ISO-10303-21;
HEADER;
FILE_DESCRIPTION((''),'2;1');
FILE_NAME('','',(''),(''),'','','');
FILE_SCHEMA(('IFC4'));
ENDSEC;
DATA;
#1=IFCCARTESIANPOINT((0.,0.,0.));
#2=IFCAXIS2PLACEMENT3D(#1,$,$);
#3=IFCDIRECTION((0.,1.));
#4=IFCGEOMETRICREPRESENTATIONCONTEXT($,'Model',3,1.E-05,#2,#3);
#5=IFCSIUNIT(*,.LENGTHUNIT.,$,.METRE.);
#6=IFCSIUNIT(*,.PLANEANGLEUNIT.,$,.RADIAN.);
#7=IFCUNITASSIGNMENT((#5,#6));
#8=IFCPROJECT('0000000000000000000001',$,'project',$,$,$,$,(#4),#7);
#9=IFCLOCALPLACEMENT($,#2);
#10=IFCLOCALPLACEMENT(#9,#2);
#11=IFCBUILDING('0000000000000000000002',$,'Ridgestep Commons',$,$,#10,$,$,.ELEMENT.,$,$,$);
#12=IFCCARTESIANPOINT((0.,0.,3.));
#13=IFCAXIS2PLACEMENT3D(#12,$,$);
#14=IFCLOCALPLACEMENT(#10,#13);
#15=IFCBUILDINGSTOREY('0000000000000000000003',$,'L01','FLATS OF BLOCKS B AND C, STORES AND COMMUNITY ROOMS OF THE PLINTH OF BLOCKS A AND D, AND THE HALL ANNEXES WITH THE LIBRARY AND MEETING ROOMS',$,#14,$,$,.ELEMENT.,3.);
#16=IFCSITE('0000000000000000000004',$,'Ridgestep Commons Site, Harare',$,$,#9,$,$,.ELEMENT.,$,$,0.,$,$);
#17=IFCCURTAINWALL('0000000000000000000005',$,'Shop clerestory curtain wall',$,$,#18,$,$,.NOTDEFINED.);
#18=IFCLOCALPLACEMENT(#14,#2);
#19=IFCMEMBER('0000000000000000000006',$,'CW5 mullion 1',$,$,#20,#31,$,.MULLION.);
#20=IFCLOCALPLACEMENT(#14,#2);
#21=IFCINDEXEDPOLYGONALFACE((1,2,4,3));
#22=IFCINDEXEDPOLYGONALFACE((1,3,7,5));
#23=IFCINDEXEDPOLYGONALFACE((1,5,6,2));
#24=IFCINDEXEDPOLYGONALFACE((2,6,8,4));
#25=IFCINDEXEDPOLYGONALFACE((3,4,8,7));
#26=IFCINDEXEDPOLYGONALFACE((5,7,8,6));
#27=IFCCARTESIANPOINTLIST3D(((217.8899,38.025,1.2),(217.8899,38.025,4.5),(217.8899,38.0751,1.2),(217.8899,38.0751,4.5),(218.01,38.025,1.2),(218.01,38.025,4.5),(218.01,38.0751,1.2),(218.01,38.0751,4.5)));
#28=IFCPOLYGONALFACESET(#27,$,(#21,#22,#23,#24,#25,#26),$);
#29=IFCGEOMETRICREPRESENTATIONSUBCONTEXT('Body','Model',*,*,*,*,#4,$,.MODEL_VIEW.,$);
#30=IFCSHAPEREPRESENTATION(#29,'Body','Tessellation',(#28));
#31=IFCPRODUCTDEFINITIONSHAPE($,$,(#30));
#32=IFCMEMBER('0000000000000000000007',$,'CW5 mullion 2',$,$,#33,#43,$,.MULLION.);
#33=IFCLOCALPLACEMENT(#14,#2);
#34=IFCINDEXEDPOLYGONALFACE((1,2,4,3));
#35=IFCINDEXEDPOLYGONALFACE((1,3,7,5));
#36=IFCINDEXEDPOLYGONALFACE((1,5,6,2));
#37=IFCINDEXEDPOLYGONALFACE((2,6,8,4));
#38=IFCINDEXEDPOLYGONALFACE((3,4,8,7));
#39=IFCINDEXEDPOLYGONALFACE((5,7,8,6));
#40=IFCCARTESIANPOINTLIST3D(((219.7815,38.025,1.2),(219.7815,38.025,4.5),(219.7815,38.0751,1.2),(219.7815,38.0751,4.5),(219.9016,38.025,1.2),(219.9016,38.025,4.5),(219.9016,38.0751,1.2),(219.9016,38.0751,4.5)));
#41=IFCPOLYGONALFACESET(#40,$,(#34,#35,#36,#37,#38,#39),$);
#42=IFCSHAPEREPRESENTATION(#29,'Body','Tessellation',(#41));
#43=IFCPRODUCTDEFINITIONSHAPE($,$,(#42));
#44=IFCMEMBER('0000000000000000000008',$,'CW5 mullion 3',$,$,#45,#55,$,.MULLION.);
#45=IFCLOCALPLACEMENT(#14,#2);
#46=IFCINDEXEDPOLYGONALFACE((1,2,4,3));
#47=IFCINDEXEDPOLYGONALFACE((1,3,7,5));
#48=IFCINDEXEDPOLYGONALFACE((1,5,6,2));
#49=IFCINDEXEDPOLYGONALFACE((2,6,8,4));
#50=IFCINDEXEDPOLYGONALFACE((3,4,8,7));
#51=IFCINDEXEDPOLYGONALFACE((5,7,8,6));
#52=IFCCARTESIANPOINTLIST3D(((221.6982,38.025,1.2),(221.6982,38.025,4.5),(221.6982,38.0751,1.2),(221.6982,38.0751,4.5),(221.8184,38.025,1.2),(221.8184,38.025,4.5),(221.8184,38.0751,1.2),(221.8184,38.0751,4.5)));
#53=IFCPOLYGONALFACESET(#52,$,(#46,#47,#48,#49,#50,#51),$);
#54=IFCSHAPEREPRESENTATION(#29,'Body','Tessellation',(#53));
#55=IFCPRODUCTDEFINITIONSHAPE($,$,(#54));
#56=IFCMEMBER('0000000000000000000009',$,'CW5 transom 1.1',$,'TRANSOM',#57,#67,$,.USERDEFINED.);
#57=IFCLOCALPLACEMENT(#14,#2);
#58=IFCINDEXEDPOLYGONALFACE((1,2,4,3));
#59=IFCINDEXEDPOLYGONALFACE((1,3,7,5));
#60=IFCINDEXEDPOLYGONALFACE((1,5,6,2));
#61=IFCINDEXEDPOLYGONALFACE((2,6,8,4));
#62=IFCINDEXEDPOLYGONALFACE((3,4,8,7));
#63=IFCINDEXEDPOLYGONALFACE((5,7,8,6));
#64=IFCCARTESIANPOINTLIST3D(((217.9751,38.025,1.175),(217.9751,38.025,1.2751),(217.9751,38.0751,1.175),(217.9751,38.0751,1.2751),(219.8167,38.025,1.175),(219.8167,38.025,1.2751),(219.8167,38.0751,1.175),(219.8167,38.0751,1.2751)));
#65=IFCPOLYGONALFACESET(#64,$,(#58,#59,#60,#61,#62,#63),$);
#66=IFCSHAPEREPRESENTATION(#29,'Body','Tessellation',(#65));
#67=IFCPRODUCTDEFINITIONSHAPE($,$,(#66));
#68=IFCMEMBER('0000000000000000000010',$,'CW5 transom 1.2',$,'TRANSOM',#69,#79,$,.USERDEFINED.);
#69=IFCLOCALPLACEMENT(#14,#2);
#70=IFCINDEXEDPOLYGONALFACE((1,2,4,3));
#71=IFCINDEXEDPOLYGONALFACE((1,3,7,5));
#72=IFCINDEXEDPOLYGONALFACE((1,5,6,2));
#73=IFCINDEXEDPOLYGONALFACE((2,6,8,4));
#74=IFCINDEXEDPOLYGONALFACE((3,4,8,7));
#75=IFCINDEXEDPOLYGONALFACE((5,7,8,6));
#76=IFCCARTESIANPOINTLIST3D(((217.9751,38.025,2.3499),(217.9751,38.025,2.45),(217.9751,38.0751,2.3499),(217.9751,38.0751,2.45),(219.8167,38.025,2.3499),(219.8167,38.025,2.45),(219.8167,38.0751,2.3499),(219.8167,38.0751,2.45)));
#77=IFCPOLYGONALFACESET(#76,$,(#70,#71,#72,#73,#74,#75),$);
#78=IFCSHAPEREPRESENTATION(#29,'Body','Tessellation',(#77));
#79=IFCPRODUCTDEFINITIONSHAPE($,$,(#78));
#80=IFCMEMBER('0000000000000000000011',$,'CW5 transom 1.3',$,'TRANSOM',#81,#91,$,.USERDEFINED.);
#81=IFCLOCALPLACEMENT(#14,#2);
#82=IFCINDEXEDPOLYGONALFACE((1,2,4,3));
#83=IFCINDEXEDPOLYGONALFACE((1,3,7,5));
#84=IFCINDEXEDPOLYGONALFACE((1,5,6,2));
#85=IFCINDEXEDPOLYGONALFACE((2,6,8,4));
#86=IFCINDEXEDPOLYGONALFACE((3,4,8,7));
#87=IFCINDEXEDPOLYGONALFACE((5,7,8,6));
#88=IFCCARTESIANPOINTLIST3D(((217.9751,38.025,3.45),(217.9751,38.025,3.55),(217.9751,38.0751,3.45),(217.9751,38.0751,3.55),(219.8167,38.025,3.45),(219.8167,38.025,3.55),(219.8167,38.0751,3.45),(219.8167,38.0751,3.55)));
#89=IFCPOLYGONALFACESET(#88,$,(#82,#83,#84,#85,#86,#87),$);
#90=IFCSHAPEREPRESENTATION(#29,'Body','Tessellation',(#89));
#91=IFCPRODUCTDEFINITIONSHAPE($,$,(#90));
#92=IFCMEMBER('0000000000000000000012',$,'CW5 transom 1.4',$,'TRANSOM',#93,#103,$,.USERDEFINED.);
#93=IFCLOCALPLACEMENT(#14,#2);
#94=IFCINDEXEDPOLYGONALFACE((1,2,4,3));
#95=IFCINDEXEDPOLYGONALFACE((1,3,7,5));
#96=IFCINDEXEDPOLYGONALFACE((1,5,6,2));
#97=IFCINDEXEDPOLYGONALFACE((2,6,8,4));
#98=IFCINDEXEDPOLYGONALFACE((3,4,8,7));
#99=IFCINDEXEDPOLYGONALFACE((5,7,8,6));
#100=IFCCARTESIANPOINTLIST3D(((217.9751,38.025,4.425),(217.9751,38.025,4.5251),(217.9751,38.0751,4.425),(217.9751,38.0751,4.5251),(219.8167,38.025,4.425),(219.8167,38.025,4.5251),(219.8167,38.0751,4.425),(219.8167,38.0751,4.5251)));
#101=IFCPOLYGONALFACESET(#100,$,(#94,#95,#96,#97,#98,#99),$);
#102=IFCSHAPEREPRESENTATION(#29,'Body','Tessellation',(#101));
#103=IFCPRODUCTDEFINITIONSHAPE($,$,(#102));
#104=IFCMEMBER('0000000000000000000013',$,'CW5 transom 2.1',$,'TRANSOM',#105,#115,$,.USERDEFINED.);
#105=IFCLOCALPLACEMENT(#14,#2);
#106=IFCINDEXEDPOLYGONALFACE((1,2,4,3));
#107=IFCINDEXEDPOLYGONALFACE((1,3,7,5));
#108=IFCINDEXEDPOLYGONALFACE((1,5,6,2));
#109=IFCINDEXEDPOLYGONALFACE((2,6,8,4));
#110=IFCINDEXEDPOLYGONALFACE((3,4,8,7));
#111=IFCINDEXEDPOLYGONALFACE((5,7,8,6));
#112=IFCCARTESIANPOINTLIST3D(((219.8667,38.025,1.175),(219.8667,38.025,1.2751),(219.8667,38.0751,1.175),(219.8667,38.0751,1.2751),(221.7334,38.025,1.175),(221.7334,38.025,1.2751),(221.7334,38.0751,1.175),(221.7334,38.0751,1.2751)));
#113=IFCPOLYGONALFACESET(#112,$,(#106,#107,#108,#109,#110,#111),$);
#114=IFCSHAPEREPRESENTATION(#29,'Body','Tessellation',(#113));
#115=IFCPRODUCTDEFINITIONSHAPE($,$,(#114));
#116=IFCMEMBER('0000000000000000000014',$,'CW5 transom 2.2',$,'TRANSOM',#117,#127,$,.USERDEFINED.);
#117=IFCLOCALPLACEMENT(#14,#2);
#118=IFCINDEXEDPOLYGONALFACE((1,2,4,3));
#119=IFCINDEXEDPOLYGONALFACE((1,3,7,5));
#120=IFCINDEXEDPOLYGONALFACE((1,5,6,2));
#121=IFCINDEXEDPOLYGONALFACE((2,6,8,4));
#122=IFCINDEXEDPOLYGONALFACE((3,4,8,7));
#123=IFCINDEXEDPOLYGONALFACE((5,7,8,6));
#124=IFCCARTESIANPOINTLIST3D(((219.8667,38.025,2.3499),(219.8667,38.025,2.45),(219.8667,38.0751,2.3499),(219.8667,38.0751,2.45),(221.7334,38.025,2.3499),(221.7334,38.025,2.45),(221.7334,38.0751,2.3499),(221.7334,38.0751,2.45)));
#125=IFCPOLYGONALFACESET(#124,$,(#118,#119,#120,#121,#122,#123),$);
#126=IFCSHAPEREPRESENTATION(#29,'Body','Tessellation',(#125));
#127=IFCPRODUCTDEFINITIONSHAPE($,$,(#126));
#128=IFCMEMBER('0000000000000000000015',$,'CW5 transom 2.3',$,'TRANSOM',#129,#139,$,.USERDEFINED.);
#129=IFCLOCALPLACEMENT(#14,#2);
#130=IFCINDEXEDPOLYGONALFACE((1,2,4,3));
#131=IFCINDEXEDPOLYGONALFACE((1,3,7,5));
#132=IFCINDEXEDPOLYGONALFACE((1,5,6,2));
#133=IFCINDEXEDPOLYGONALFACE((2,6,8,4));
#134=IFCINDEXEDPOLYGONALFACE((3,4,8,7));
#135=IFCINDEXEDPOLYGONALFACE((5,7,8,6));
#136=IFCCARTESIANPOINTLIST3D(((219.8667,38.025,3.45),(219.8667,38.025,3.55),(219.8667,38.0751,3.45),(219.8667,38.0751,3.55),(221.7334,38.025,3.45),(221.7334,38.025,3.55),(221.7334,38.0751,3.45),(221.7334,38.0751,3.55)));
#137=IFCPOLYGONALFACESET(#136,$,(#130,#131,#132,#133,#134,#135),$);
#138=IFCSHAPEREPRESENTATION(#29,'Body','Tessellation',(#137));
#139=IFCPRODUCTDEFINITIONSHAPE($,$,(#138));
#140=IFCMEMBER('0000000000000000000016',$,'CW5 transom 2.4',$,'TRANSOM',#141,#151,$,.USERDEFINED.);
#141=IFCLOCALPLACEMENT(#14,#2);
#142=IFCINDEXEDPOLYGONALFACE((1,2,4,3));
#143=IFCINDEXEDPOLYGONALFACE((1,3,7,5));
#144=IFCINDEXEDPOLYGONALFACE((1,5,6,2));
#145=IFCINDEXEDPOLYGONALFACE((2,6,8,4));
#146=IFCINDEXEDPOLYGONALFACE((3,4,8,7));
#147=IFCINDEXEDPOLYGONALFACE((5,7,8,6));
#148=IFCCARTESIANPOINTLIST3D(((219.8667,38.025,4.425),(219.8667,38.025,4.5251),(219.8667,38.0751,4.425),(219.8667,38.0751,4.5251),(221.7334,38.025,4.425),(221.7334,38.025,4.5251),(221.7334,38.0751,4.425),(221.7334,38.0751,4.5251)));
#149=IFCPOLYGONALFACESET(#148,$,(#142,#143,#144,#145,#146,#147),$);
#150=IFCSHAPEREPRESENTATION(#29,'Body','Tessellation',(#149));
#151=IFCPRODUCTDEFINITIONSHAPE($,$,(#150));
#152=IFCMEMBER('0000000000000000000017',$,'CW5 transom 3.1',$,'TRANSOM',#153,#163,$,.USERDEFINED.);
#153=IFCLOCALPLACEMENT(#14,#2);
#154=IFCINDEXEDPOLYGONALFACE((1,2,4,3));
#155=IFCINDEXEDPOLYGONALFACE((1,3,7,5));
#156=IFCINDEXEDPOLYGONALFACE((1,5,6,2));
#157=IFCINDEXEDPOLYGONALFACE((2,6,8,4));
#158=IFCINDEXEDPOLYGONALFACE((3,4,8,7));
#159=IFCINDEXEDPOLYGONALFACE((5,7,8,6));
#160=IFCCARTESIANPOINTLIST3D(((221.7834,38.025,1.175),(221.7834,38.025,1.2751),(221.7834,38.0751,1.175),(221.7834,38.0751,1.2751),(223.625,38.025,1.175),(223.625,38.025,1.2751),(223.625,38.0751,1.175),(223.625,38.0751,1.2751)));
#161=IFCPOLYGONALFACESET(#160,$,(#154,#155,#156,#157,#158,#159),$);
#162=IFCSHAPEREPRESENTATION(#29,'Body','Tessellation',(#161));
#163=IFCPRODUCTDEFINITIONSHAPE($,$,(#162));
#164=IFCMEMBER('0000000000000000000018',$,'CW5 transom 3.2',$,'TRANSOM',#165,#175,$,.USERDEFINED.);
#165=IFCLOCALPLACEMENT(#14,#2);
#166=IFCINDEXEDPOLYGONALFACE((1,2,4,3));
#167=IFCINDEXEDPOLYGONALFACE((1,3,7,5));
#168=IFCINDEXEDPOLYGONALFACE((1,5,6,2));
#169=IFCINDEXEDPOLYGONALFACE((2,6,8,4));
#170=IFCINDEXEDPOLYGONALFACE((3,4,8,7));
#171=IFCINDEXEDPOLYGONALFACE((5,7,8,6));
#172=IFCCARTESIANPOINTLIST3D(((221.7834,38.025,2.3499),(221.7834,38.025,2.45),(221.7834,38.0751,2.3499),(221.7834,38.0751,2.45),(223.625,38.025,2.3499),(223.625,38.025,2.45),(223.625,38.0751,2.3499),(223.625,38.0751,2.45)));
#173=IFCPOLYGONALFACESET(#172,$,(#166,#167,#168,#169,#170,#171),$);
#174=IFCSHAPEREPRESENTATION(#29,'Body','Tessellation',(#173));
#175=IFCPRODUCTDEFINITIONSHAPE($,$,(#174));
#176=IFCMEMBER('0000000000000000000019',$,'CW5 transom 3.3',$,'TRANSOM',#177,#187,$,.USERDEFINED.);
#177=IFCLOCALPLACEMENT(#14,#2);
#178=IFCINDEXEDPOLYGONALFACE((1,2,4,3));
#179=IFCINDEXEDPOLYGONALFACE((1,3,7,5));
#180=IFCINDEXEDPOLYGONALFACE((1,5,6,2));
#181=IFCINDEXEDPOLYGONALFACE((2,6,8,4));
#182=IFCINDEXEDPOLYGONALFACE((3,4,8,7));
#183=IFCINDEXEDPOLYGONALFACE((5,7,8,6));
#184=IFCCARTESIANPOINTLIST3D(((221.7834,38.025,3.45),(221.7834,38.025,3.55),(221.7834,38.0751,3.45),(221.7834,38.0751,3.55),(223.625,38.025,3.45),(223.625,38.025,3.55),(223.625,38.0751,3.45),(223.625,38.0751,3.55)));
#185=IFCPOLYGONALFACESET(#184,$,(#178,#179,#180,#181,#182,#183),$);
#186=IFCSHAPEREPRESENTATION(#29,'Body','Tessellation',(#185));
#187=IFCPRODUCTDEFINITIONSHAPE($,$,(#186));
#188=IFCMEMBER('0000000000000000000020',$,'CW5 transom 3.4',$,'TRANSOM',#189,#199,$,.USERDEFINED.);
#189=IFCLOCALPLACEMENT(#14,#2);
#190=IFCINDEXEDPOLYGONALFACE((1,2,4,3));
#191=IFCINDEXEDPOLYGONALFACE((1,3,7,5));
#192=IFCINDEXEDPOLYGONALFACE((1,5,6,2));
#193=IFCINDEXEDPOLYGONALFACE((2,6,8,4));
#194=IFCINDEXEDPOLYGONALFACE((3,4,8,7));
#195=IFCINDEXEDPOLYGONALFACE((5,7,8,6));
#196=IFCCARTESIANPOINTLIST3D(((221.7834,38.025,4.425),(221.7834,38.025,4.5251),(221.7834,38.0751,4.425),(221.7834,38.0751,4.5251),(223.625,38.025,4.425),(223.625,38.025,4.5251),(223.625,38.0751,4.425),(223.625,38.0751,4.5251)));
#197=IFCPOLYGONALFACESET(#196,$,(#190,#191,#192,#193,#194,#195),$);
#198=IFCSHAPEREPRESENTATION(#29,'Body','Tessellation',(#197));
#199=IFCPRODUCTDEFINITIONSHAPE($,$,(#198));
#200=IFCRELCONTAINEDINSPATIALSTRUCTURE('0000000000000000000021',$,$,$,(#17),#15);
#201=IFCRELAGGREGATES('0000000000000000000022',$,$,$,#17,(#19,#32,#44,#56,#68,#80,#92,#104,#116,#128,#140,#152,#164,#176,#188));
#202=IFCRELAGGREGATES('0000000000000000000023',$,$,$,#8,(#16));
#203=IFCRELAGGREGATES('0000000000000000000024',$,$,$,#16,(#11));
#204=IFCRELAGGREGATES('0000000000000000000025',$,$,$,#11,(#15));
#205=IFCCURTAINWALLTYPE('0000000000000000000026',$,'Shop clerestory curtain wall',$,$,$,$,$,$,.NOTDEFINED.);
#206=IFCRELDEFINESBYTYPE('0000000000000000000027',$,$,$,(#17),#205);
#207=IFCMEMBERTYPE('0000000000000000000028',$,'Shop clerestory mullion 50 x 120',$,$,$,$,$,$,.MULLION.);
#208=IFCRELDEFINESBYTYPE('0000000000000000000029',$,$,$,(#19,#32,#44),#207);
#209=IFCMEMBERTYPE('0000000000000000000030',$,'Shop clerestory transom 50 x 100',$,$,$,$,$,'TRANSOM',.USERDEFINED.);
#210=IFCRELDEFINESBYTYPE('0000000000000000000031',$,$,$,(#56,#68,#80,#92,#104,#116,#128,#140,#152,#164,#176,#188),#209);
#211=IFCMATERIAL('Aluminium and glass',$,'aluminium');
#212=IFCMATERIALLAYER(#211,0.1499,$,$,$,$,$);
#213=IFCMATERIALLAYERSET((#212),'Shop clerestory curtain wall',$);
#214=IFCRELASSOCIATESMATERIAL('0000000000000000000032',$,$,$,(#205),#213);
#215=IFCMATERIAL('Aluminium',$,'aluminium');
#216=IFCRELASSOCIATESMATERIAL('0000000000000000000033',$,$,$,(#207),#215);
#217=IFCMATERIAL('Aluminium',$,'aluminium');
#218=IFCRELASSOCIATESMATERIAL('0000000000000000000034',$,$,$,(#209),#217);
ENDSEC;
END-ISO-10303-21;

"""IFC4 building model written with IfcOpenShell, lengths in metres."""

from ifc_helpers import new_model, si_unit, direction, frame, origin, origin_2d, place, context, subcontext, project, spatial, rectangle, extrude, material, layer, layer_set, material_profile, profile_set, type_object, element, aggregate, save


model = new_model("IFC4")

# Units and contexts
model_context = context("Model", 3, precision=1e-05, world=origin(), true_north=direction((0.0, 1.0)))
body_context = subcontext(model_context, "Body", "Model", "MODEL_VIEW")
ifc_project = project(units=[si_unit("LENGTHUNIT", "METRE"), si_unit("PLANEANGLEUNIT", "RADIAN")], contexts=[model_context])

# Site, building, storey
site_placement = place(None, origin())
site = spatial("IfcSite", under=ifc_project, at=site_placement, Name="Ridgestep Commons Site, Harare", CompositionType="ELEMENT", RefElevation=0.0)
building_placement = place(site_placement, origin())
building = spatial("IfcBuilding", under=site, at=building_placement, Name="Ridgestep Commons", CompositionType="ELEMENT")
storey_placement = place(building_placement, frame((0.0, 0.0, 3.0)))
storey = spatial("IfcBuildingStorey", under=building, at=storey_placement, Name="L01", Description="FLATS OF BLOCKS B AND C, STORES AND COMMUNITY ROOMS OF THE PLINTH OF BLOCKS A AND D, AND THE HALL ANNEXES WITH THE LIBRARY AND MEETING ROOMS", CompositionType="ELEMENT", Elevation=3.0)

# Curtain wall, members
ifc_material_1 = material(Name="Aluminium and glass", Category="aluminium")
ifc_layer_1 = layer(ifc_material_1, 0.1499)
ifc_layer_set_1 = layer_set([ifc_layer_1], Name="Shop clerestory curtain wall")
curtain_wall_type = type_object("IfcCurtainWallType", Name="Shop clerestory curtain wall", PredefinedType="NOTDEFINED", material=ifc_layer_set_1)
curtain_wall_placement = place(storey_placement, origin())
curtain_wall = element("IfcCurtainWall", 1, at=curtain_wall_placement, inside=storey, type_object=curtain_wall_type, Name="Shop clerestory curtain wall", PredefinedType="NOTDEFINED")
ifc_material_2 = material(Name="Aluminium", Category="aluminium")
ifc_material_profile_1 = material_profile(ifc_material_2, rectangle(XDim=0.05, YDim=0.1201, at=origin_2d()), Name="Shop clerestory mullion 50 x 120")
ifc_profile_set_1 = profile_set([ifc_material_profile_1], Name="Aluminium")
member_type_1 = type_object("IfcMemberType", Name="Shop clerestory mullion 50 x 120", PredefinedType="MULLION", material=ifc_profile_set_1)
member_1_placement = place(storey_placement, frame((217.95, 38.05, 1.2), z_axis=(0.0, 0.0, 1.0), x_axis=(0.0, 1.0, 0.0)))
member_1 = element("IfcMember", 2, at=member_1_placement, type_object=member_type_1, Name="CW5 mullion 1", PredefinedType="MULLION", context=body_context, shape_type="SweptSolid", body=[
    extrude(rectangle(XDim=0.05, YDim=0.1201, at=origin_2d()), origin(), (0.0, 0.0, 1.0), 3.3),
])
member_2_placement = place(storey_placement, frame((219.8416, 38.05, 1.2), z_axis=(0.0, 0.0, 1.0), x_axis=(0.0, 1.0, 0.0)))
member_2 = element("IfcMember", 3, at=member_2_placement, type_object=member_type_1, Name="CW5 mullion 2", PredefinedType="MULLION", context=body_context, shape_type="SweptSolid", body=[
    extrude(rectangle(XDim=0.05, YDim=0.1201, at=origin_2d()), origin(), (0.0, 0.0, 1.0), 3.3),
])
member_3_placement = place(storey_placement, frame((221.7583, 38.05, 1.2), z_axis=(0.0, 0.0, 1.0), x_axis=(0.0, 1.0, 0.0)))
member_3 = element("IfcMember", 4, at=member_3_placement, type_object=member_type_1, Name="CW5 mullion 3", PredefinedType="MULLION", context=body_context, shape_type="SweptSolid", body=[
    extrude(rectangle(XDim=0.05, YDim=0.1201, at=origin_2d()), origin(), (0.0, 0.0, 1.0), 3.3),
])
ifc_material_3 = material(Name="Aluminium", Category="aluminium")
ifc_material_profile_2 = material_profile(ifc_material_3, rectangle(XDim=0.05, YDim=0.1001, at=origin_2d()), Name="Shop clerestory transom 50 x 100")
ifc_profile_set_2 = profile_set([ifc_material_profile_2], Name="Aluminium")
member_type_2 = type_object("IfcMemberType", Name="Shop clerestory transom 50 x 100", ElementType="TRANSOM", PredefinedType="USERDEFINED", material=ifc_profile_set_2)
member_4_placement = place(storey_placement, frame((217.9751, 38.05, 1.2251), z_axis=(1.0, 0.0, 0.0), x_axis=(0.0, 1.0, 0.0)))
member_4 = element("IfcMember", 5, at=member_4_placement, type_object=member_type_2, Name="CW5 transom 1.1", ObjectType="TRANSOM", PredefinedType="USERDEFINED", context=body_context, shape_type="SweptSolid", body=[
    extrude(rectangle(XDim=0.05, YDim=0.1001, at=origin_2d()), origin(), (0.0, 0.0, 1.0), 1.8416),
])
member_5_placement = place(storey_placement, frame((217.9751, 38.05, 2.3999), z_axis=(1.0, 0.0, 0.0), x_axis=(0.0, 1.0, 0.0)))
member_5 = element("IfcMember", 6, at=member_5_placement, type_object=member_type_2, Name="CW5 transom 1.2", ObjectType="TRANSOM", PredefinedType="USERDEFINED", context=body_context, shape_type="SweptSolid", body=[
    extrude(rectangle(XDim=0.05, YDim=0.1001, at=origin_2d()), origin(), (0.0, 0.0, 1.0), 1.8416),
])
member_6_placement = place(storey_placement, frame((217.9751, 38.05, 3.5), z_axis=(1.0, 0.0, 0.0), x_axis=(0.0, 1.0, 0.0)))
member_6 = element("IfcMember", 7, at=member_6_placement, type_object=member_type_2, Name="CW5 transom 1.3", ObjectType="TRANSOM", PredefinedType="USERDEFINED", context=body_context, shape_type="SweptSolid", body=[
    extrude(rectangle(XDim=0.05, YDim=0.1001, at=origin_2d()), origin(), (0.0, 0.0, 1.0), 1.8416),
])
member_7_placement = place(storey_placement, frame((217.9751, 38.05, 4.4751), z_axis=(1.0, 0.0, 0.0), x_axis=(0.0, 1.0, 0.0)))
member_7 = element("IfcMember", 8, at=member_7_placement, type_object=member_type_2, Name="CW5 transom 1.4", ObjectType="TRANSOM", PredefinedType="USERDEFINED", context=body_context, shape_type="SweptSolid", body=[
    extrude(rectangle(XDim=0.05, YDim=0.1001, at=origin_2d()), origin(), (0.0, 0.0, 1.0), 1.8416),
])
member_8_placement = place(storey_placement, frame((219.8667, 38.05, 1.2251), z_axis=(1.0, 0.0, 0.0), x_axis=(0.0, 1.0, 0.0)))
member_8 = element("IfcMember", 9, at=member_8_placement, type_object=member_type_2, Name="CW5 transom 2.1", ObjectType="TRANSOM", PredefinedType="USERDEFINED", context=body_context, shape_type="SweptSolid", body=[
    extrude(rectangle(XDim=0.05, YDim=0.1001, at=origin_2d()), origin(), (0.0, 0.0, 1.0), 1.8667),
])
member_9_placement = place(storey_placement, frame((219.8667, 38.05, 2.3999), z_axis=(1.0, 0.0, 0.0), x_axis=(0.0, 1.0, 0.0)))
member_9 = element("IfcMember", 10, at=member_9_placement, type_object=member_type_2, Name="CW5 transom 2.2", ObjectType="TRANSOM", PredefinedType="USERDEFINED", context=body_context, shape_type="SweptSolid", body=[
    extrude(rectangle(XDim=0.05, YDim=0.1001, at=origin_2d()), origin(), (0.0, 0.0, 1.0), 1.8667),
])
member_10_placement = place(storey_placement, frame((219.8667, 38.05, 3.5), z_axis=(1.0, 0.0, 0.0), x_axis=(0.0, 1.0, 0.0)))
member_10 = element("IfcMember", 11, at=member_10_placement, type_object=member_type_2, Name="CW5 transom 2.3", ObjectType="TRANSOM", PredefinedType="USERDEFINED", context=body_context, shape_type="SweptSolid", body=[
    extrude(rectangle(XDim=0.05, YDim=0.1001, at=origin_2d()), origin(), (0.0, 0.0, 1.0), 1.8667),
])
member_11_placement = place(storey_placement, frame((219.8667, 38.05, 4.4751), z_axis=(1.0, 0.0, 0.0), x_axis=(0.0, 1.0, 0.0)))
member_11 = element("IfcMember", 12, at=member_11_placement, type_object=member_type_2, Name="CW5 transom 2.4", ObjectType="TRANSOM", PredefinedType="USERDEFINED", context=body_context, shape_type="SweptSolid", body=[
    extrude(rectangle(XDim=0.05, YDim=0.1001, at=origin_2d()), origin(), (0.0, 0.0, 1.0), 1.8667),
])
member_12_placement = place(storey_placement, frame((221.7834, 38.05, 1.2251), z_axis=(1.0, 0.0, 0.0), x_axis=(0.0, 1.0, 0.0)))
member_12 = element("IfcMember", 13, at=member_12_placement, type_object=member_type_2, Name="CW5 transom 3.1", ObjectType="TRANSOM", PredefinedType="USERDEFINED", context=body_context, shape_type="SweptSolid", body=[
    extrude(rectangle(XDim=0.05, YDim=0.1001, at=origin_2d()), origin(), (0.0, 0.0, 1.0), 1.8416),
])
member_13_placement = place(storey_placement, frame((221.7834, 38.05, 2.3999), z_axis=(1.0, 0.0, 0.0), x_axis=(0.0, 1.0, 0.0)))
member_13 = element("IfcMember", 14, at=member_13_placement, type_object=member_type_2, Name="CW5 transom 3.2", ObjectType="TRANSOM", PredefinedType="USERDEFINED", context=body_context, shape_type="SweptSolid", body=[
    extrude(rectangle(XDim=0.05, YDim=0.1001, at=origin_2d()), origin(), (0.0, 0.0, 1.0), 1.8416),
])
member_14_placement = place(storey_placement, frame((221.7834, 38.05, 3.5), z_axis=(1.0, 0.0, 0.0), x_axis=(0.0, 1.0, 0.0)))
member_14 = element("IfcMember", 15, at=member_14_placement, type_object=member_type_2, Name="CW5 transom 3.3", ObjectType="TRANSOM", PredefinedType="USERDEFINED", context=body_context, shape_type="SweptSolid", body=[
    extrude(rectangle(XDim=0.05, YDim=0.1001, at=origin_2d()), origin(), (0.0, 0.0, 1.0), 1.8416),
])
member_15_placement = place(storey_placement, frame((221.7834, 38.05, 4.4751), z_axis=(1.0, 0.0, 0.0), x_axis=(0.0, 1.0, 0.0)))
member_15 = element("IfcMember", 16, at=member_15_placement, type_object=member_type_2, Name="CW5 transom 3.4", ObjectType="TRANSOM", PredefinedType="USERDEFINED", context=body_context, shape_type="SweptSolid", body=[
    extrude(rectangle(XDim=0.05, YDim=0.1001, at=origin_2d()), origin(), (0.0, 0.0, 1.0), 1.8416),
])
aggregate(curtain_wall, [member_1, member_2, member_3, member_4, member_5, member_6, member_7, member_8, member_9, member_10, member_11, member_12, member_13, member_14, member_15])

save(model, "model.ifc")
